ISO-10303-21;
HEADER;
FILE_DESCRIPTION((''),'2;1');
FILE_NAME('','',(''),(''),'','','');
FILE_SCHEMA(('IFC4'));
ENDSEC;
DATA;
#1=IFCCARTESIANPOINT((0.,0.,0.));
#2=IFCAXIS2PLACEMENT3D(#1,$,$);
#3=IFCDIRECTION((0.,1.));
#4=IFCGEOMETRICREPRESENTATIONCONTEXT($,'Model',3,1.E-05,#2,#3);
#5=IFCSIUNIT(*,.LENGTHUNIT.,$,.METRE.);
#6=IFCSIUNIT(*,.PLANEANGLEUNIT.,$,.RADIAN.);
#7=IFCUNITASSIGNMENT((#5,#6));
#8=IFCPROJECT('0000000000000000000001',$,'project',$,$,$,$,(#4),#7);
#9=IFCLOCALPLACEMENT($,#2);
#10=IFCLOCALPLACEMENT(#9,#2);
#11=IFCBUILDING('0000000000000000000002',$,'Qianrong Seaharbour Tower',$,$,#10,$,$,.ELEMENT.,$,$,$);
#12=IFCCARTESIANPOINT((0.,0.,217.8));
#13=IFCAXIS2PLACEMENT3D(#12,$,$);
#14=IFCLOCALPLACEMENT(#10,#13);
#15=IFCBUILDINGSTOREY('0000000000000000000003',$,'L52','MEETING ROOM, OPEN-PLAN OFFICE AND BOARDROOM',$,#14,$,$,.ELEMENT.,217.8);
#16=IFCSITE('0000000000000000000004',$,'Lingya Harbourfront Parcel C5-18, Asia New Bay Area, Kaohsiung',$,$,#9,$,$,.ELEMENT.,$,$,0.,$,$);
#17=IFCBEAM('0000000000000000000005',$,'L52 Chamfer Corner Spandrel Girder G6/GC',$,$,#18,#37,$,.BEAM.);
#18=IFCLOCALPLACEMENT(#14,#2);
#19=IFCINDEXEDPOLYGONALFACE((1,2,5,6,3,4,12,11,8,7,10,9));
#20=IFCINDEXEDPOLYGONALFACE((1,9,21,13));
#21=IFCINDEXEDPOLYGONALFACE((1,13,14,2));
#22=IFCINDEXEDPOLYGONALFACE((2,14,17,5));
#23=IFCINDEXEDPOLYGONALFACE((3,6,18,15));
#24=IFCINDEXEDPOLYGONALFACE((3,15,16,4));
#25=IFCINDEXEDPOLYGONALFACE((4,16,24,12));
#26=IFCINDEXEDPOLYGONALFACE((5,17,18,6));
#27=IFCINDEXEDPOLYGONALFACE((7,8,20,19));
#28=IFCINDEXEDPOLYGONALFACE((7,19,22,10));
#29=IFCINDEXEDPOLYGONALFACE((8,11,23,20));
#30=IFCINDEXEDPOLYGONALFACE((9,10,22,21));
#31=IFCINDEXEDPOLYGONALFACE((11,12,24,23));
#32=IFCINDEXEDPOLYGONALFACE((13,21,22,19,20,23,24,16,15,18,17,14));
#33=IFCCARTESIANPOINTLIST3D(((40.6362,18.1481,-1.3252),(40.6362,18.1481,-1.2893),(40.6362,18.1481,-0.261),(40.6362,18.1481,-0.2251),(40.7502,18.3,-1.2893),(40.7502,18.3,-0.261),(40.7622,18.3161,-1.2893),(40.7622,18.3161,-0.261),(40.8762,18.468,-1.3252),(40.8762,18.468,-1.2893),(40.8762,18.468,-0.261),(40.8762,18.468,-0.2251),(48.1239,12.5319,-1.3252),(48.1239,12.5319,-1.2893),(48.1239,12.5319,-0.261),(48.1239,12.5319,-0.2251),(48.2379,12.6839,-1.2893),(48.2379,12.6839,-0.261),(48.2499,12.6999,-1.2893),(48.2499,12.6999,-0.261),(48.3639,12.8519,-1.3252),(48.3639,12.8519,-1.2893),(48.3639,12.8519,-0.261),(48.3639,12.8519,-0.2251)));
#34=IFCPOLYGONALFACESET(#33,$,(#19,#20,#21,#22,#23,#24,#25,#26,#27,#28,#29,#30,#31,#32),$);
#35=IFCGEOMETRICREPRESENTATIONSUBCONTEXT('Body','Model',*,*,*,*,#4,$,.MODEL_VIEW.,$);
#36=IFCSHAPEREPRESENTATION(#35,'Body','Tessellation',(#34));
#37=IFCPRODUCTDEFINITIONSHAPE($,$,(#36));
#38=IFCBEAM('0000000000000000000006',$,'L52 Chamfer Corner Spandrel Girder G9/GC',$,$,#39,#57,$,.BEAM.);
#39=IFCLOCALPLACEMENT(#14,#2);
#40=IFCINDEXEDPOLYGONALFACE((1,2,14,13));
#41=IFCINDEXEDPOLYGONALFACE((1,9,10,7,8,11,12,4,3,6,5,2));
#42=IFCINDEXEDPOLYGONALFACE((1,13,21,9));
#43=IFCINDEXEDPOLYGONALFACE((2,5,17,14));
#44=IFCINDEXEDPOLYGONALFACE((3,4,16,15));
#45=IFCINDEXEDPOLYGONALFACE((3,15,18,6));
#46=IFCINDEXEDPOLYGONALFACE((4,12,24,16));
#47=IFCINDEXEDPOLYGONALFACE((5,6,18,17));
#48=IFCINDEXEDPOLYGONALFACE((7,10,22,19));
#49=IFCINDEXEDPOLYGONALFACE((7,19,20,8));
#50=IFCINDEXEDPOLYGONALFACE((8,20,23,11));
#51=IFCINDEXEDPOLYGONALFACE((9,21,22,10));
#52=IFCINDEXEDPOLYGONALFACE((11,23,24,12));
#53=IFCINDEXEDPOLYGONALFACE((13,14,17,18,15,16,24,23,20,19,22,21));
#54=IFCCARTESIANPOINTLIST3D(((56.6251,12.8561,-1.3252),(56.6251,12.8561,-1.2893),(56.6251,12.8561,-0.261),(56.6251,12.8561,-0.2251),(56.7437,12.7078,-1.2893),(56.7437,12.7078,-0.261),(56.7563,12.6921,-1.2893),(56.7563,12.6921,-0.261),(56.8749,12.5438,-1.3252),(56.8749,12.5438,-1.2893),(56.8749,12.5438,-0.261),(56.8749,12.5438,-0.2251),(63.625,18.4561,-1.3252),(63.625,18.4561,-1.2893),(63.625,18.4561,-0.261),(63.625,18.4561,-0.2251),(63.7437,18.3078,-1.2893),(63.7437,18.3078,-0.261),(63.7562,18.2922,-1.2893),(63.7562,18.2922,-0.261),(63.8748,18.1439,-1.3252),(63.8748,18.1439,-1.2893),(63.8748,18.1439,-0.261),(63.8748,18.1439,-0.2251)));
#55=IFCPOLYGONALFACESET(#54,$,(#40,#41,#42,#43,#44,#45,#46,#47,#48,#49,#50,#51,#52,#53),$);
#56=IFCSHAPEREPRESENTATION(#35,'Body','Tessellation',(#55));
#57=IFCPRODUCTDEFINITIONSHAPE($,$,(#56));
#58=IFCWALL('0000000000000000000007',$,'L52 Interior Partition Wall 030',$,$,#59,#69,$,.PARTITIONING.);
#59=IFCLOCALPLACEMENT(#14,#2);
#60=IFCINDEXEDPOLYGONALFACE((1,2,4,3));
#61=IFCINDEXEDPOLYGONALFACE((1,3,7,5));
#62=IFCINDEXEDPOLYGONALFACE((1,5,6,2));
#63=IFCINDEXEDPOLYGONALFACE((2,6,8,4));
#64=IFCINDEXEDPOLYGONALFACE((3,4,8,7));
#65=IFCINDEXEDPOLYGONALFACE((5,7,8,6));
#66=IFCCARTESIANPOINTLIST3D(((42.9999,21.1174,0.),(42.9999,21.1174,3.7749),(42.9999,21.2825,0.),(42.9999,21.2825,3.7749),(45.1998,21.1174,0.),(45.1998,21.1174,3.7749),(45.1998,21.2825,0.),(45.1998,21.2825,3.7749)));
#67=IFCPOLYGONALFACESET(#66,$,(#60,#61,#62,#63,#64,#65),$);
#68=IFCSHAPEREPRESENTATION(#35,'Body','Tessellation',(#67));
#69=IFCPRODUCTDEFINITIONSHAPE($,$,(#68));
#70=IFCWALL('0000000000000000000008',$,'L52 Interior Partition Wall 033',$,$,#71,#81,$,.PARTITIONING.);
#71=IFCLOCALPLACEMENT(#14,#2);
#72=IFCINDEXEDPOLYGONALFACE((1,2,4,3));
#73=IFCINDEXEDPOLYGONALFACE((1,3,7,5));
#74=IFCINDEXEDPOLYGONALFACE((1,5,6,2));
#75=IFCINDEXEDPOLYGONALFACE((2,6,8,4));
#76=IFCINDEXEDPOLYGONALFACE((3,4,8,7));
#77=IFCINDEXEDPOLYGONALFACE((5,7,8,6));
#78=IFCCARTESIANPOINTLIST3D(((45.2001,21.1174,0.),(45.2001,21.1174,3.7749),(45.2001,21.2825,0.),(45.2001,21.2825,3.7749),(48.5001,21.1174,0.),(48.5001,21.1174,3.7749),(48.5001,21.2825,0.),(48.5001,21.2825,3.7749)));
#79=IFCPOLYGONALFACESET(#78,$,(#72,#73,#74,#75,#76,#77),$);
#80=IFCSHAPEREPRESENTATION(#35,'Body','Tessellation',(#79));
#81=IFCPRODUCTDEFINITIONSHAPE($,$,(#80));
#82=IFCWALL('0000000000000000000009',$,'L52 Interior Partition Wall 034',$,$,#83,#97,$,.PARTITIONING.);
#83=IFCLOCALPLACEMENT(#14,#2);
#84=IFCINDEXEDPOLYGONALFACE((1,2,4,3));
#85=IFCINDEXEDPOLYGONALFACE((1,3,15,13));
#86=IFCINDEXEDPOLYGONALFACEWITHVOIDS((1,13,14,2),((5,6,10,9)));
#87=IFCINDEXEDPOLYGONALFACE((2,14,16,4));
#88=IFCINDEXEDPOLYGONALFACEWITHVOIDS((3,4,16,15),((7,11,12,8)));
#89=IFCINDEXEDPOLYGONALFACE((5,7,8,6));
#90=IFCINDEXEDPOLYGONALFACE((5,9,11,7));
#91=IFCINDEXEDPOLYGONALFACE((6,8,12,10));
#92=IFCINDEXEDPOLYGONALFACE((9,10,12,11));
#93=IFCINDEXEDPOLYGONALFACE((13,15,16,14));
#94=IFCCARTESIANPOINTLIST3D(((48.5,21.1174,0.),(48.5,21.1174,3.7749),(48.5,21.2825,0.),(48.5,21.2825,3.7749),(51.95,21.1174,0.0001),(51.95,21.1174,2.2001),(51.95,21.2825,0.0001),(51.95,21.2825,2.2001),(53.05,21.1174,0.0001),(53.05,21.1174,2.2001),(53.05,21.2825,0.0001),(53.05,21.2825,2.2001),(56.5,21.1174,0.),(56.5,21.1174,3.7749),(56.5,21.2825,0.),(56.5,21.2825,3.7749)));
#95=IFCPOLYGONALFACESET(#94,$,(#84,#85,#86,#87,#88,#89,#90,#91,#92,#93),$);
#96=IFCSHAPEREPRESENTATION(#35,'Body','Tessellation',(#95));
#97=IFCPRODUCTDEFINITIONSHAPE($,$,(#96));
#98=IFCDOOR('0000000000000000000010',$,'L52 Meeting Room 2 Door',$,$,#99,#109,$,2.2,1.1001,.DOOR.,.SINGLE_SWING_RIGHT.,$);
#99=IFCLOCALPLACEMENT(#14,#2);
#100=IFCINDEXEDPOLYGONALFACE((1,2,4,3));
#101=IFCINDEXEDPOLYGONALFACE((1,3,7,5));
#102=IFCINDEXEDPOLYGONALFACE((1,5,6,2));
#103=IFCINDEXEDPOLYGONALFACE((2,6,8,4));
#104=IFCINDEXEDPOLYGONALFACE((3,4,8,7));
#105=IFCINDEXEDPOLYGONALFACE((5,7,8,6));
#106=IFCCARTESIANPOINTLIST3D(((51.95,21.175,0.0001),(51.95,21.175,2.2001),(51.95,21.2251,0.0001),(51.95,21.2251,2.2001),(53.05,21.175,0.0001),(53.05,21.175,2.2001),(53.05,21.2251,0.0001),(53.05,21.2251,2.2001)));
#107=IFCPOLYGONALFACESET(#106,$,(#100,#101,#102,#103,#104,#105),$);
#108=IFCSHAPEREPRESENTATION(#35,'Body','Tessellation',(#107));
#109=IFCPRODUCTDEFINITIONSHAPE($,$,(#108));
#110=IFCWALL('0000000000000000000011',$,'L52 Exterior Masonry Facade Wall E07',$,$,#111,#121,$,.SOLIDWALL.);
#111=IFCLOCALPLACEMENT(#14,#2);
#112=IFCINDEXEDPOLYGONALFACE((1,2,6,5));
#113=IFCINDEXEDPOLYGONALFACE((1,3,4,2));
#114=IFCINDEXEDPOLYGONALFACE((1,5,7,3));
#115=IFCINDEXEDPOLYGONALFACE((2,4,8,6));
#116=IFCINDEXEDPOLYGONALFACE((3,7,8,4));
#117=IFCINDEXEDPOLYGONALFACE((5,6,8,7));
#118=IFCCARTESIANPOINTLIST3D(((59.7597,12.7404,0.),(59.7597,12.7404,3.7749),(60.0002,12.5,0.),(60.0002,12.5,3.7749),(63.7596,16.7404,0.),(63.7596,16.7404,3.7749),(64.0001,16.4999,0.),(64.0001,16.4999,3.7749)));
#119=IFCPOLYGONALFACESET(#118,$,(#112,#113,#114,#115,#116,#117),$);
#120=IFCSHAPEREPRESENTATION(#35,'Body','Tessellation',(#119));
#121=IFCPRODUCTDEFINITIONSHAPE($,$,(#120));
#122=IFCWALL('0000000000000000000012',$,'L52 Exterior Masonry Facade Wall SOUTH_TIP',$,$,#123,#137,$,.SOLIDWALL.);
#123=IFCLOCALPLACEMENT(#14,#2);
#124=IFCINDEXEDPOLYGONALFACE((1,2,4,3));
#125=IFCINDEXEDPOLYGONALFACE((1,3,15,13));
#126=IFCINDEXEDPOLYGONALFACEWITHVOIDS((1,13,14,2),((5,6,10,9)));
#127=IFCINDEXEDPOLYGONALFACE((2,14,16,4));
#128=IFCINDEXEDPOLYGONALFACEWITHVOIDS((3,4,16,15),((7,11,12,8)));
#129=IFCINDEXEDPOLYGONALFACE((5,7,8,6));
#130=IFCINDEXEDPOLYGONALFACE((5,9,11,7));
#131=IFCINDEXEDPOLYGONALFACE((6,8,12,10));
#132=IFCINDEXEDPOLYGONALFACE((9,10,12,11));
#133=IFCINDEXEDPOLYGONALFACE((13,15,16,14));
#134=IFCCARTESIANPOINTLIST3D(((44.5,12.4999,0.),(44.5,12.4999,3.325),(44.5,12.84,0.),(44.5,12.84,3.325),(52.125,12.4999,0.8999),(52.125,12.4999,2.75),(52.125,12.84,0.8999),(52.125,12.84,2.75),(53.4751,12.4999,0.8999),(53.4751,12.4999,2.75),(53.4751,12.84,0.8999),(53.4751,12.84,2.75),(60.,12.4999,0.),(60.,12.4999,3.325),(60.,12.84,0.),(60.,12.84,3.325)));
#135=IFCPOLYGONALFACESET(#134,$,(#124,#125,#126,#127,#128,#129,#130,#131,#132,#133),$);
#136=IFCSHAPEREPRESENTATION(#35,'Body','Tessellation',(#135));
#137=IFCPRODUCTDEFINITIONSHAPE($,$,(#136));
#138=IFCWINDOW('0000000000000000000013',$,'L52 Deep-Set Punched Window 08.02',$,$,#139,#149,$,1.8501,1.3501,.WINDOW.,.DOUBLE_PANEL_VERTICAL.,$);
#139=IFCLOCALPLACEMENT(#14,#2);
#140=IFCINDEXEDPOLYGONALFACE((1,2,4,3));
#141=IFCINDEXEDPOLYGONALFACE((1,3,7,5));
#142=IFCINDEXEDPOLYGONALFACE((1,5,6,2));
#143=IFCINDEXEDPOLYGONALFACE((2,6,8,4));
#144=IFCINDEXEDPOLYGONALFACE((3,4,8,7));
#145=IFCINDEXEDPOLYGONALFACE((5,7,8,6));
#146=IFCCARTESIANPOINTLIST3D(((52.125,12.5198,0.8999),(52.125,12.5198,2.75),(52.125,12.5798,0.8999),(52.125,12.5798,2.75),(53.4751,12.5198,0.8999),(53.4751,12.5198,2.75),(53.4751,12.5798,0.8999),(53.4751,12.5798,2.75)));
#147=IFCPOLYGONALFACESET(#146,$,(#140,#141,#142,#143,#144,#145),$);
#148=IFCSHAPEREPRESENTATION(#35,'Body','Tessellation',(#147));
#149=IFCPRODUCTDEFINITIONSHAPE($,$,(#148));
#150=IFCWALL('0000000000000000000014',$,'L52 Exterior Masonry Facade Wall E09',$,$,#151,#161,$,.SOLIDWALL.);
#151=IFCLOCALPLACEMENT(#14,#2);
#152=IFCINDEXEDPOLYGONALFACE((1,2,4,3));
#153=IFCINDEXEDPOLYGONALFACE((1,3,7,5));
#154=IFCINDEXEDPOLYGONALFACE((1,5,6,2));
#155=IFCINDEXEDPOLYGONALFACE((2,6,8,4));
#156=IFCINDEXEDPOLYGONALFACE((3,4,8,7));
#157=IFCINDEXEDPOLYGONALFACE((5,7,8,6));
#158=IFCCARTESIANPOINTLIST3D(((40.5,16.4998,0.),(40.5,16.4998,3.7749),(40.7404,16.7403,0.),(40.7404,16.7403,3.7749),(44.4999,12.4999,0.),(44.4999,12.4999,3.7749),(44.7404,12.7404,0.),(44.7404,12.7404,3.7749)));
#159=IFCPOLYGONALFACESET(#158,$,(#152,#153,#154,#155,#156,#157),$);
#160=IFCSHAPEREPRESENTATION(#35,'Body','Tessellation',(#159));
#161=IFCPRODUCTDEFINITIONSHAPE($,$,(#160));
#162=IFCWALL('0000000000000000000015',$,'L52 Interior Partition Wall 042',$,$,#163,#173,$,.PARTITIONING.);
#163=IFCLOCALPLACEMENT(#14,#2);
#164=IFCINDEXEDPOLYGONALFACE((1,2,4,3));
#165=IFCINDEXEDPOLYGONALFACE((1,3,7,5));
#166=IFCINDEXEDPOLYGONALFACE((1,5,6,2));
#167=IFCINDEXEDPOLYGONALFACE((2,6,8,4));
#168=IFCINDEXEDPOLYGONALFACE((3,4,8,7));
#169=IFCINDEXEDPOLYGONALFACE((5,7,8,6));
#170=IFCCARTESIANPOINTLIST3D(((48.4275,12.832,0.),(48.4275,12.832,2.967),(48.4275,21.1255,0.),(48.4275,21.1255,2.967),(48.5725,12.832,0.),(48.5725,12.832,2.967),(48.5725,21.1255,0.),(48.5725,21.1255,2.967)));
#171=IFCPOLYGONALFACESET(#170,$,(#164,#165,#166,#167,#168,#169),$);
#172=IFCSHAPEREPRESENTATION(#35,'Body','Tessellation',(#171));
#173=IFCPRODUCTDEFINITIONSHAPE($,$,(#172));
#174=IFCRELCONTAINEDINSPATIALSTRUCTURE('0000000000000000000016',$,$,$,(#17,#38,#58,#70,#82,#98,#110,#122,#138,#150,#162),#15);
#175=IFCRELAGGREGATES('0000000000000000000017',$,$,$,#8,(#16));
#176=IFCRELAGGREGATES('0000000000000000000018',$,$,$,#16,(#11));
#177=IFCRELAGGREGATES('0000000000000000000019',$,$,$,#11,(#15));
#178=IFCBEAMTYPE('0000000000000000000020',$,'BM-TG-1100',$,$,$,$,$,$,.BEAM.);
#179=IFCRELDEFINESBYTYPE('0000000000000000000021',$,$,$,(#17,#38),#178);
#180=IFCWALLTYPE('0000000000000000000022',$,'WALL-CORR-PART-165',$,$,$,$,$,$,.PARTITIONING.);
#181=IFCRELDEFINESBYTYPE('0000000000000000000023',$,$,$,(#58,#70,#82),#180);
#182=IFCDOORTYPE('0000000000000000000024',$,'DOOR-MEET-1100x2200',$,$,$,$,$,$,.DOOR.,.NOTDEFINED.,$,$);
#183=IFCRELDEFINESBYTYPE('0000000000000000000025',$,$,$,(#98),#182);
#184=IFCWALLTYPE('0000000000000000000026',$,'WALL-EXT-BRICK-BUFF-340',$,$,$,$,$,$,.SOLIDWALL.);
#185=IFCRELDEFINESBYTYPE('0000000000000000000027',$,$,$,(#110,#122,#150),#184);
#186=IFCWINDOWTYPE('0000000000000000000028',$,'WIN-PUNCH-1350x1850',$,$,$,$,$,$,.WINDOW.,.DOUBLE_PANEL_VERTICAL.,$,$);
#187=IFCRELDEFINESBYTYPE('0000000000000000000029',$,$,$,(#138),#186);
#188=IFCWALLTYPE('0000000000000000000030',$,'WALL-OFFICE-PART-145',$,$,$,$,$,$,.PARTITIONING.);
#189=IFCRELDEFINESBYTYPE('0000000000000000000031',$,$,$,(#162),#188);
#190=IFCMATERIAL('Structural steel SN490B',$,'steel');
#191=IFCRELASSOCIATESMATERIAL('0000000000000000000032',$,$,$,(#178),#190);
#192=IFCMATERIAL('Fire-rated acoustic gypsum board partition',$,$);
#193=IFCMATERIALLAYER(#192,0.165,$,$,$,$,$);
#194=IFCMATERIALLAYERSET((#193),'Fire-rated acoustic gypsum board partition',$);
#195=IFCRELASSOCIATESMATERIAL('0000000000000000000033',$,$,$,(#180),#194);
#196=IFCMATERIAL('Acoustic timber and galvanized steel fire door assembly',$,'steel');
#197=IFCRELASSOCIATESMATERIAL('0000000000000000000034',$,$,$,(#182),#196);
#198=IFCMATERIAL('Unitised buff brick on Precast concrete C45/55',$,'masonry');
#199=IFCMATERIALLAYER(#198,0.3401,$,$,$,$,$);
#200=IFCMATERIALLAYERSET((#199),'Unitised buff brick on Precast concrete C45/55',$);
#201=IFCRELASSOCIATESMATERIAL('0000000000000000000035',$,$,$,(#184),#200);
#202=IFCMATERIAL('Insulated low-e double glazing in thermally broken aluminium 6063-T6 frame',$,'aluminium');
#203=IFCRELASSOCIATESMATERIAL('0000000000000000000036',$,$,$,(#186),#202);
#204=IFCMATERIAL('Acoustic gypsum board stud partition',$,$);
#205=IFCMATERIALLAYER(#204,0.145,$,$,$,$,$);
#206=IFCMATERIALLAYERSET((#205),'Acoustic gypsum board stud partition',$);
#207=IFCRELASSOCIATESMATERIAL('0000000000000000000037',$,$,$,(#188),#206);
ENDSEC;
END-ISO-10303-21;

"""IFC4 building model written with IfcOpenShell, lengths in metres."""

from ifc_helpers import new_model, si_unit, direction, frame, frame_2d, origin, origin_2d, place, context, subcontext, project, spatial, rectangle, i_section, extrude, material, layer, layer_set, material_profile, profile_set, type_object, element, fill, save


model = new_model("IFC4")

# Units and contexts
model_context = context("Model", 3, precision=1e-05, world=origin(), true_north=direction((0.0, 1.0)))
body_context = subcontext(model_context, "Body", "Model", "MODEL_VIEW")
ifc_project = project(units=[si_unit("LENGTHUNIT", "METRE"), si_unit("PLANEANGLEUNIT", "RADIAN")], contexts=[model_context])

# Site, building, storey
site_placement = place(None, origin())
site = spatial("IfcSite", under=ifc_project, at=site_placement, Name="Lingya Harbourfront Parcel C5-18, Asia New Bay Area, Kaohsiung", CompositionType="ELEMENT", RefElevation=0.0)
building_placement = place(site_placement, origin())
building = spatial("IfcBuilding", under=site, at=building_placement, Name="Qianrong Seaharbour Tower", CompositionType="ELEMENT")
storey_placement = place(building_placement, frame((0.0, 0.0, 217.8)))
storey = spatial("IfcBuildingStorey", under=building, at=storey_placement, Name="L52", Description="MEETING ROOM, OPEN-PLAN OFFICE AND BOARDROOM", CompositionType="ELEMENT", Elevation=217.8)

# Shared definitions
ifc_material_1 = material(Name="Structural steel SN490B", Category="steel")

# Beams
ifc_material_profile_1 = material_profile(ifc_material_1, i_section(OverallWidth=0.3999, OverallDepth=1.1001, WebThickness=0.02, FlangeThickness=0.0359, at=origin_2d()), Name="BH1100x400x20x36")
ifc_profile_set_1 = profile_set([ifc_material_profile_1], Name="Structural steel SN490B")
beam_type_1 = type_object("IfcBeamType", Name="BM-TG-1100", PredefinedType="BEAM", material=ifc_profile_set_1)
beam_1_placement = place(storey_placement, frame((48.2439, 12.6919, -0.7751), z_axis=(-0.799981, 0.600025, 0.0), x_axis=(-0.600025, -0.799981, 0.0)))
element("IfcBeam", 1, at=beam_1_placement, inside=storey, type_object=beam_type_1, Name="L52 Chamfer Corner Spandrel Girder G6/GC", PredefinedType="BEAM", context=body_context, shape_type="SweptSolid", body=[
    extrude(i_section(OverallWidth=0.3999, OverallDepth=1.1001, WebThickness=0.02, FlangeThickness=0.0359, at=origin_2d()), origin(), (0.0, 0.0, 1.0), 9.3599),
])
beam_2_placement = place(storey_placement, frame((56.75, 12.7, -0.7751), z_axis=(0.780863, 0.624702, 0.0), x_axis=(-0.624702, 0.780863, 0.0)))
element("IfcBeam", 2, at=beam_2_placement, inside=storey, type_object=beam_type_1, Name="L52 Chamfer Corner Spandrel Girder G9/GC", PredefinedType="BEAM", context=body_context, shape_type="SweptSolid", body=[
    extrude(i_section(OverallWidth=0.3999, OverallDepth=1.1001, WebThickness=0.02, FlangeThickness=0.0359, at=origin_2d()), origin(), (0.0, 0.0, 1.0), 8.9644),
])

# Walls
ifc_material_2 = material(Name="Fire-rated acoustic gypsum board partition")
ifc_layer_1 = layer(ifc_material_2, 0.165)
ifc_layer_set_1 = layer_set([ifc_layer_1], Name="Fire-rated acoustic gypsum board partition")
wall_type_1 = type_object("IfcWallType", Name="WALL-CORR-PART-165", PredefinedType="PARTITIONING", material=ifc_layer_set_1)
wall_1_placement = place(storey_placement, frame((45.2, 21.2, 0.0), z_axis=(0.0, 0.0, 1.0), x_axis=(-1.0, 0.0, 0.0)))
element("IfcWall", 3, at=wall_1_placement, inside=storey, type_object=wall_type_1, Name="L52 Interior Partition Wall 030", PredefinedType="PARTITIONING", context=body_context, shape_type="SweptSolid", body=[
    extrude(rectangle(XDim=2.2, YDim=0.165, at=frame_2d((1.1001, 0.0))), origin(), (0.0, 0.0, 1.0), 3.7749),
])
wall_2_placement = place(storey_placement, frame((48.5, 21.2, 0.0), z_axis=(0.0, 0.0, 1.0), x_axis=(-1.0, 0.0, 0.0)))
element("IfcWall", 4, at=wall_2_placement, inside=storey, type_object=wall_type_1, Name="L52 Interior Partition Wall 033", PredefinedType="PARTITIONING", context=body_context, shape_type="SweptSolid", body=[
    extrude(rectangle(XDim=3.3, YDim=0.165, at=frame_2d((1.6499, 0.0))), origin(), (0.0, 0.0, 1.0), 3.7749),
])

# Wall, opening, door
wall_3_placement = place(storey_placement, frame((56.5, 21.2, 0.0), z_axis=(0.0, 0.0, 1.0), x_axis=(-1.0, 0.0, 0.0)))
wall_3 = element("IfcWall", 5, at=wall_3_placement, inside=storey, type_object=wall_type_1, Name="L52 Interior Partition Wall 034", PredefinedType="PARTITIONING", context=body_context, shape_type="SweptSolid", body=[
    extrude(rectangle(XDim=8.0, YDim=0.165, at=frame_2d((4.0, 0.0))), origin(), (0.0, 0.0, 1.0), 3.7749),
])
opening_1_placement = place(wall_3_placement, frame((3.45, 0.0, 0.0)))
opening_1 = element("IfcOpeningElement", 6, at=opening_1_placement, cuts=wall_3, PredefinedType="OPENING", context=body_context, shape_type="SweptSolid", body=[
    extrude(rectangle(XDim=1.1001, YDim=2.2, at=frame_2d((0.55, 1.1001))), frame((0.0, 0.0925, 0.0), z_axis=(0.0, -1.0, 0.0), x_axis=(1.0, 0.0, 0.0)), (0.0, 0.0, 1.0), 0.1851),
])
ifc_material_3 = material(Name="Acoustic timber and galvanized steel fire door assembly", Category="steel")
door_type = type_object("IfcDoorType", Name="DOOR-MEET-1100x2200", OperationType="NOTDEFINED", PredefinedType="DOOR", material=ifc_material_3)
door_placement = place(opening_1_placement, origin())
door = element("IfcDoor", 7, at=door_placement, inside=storey, type_object=door_type, Name="L52 Meeting Room 2 Door", OperationType="SINGLE_SWING_RIGHT", OverallHeight=2.2, OverallWidth=1.1001, PredefinedType="DOOR", context=body_context, shape_type="SweptSolid", body=[
    extrude(rectangle(XDim=1.1001, YDim=2.2, at=frame_2d((0.55, 1.1001))), frame((0.0, 0.0249, 0.0), z_axis=(0.0, -1.0, 0.0), x_axis=(1.0, 0.0, 0.0)), (0.0, 0.0, 1.0), 0.05),
])
fill(opening_1, door)

# Wall
ifc_material_4 = material(Name="Unitised buff brick on Precast concrete C45/55", Category="masonry")
ifc_layer_2 = layer(ifc_material_4, 0.3401)
ifc_layer_set_2 = layer_set([ifc_layer_2], Name="Unitised buff brick on Precast concrete C45/55")
wall_type_2 = type_object("IfcWallType", Name="WALL-EXT-BRICK-BUFF-340", PredefinedType="SOLIDWALL", material=ifc_layer_set_2)
wall_4_placement = place(storey_placement, frame((63.8799, 16.6201, 0.0), z_axis=(0.0, 0.0, 1.0), x_axis=(-0.707107, -0.707107, 0.0)))
element("IfcWall", 8, at=wall_4_placement, inside=storey, type_object=wall_type_2, Name="L52 Exterior Masonry Facade Wall E07", PredefinedType="SOLIDWALL", context=body_context, shape_type="SweptSolid", body=[
    extrude(rectangle(XDim=5.6567, YDim=0.3401, at=frame_2d((2.8284, 0.0))), origin(), (0.0, 0.0, 1.0), 3.7749),
])

# Wall, opening, window
wall_5_placement = place(storey_placement, frame((60.0, 12.6699, 0.0), z_axis=(0.0, 0.0, 1.0), x_axis=(-1.0, 0.0, 0.0)))
wall_5 = element("IfcWall", 9, at=wall_5_placement, inside=storey, type_object=wall_type_2, Name="L52 Exterior Masonry Facade Wall SOUTH_TIP", PredefinedType="SOLIDWALL", context=body_context, shape_type="SweptSolid", body=[
    extrude(rectangle(XDim=15.5, YDim=0.3401, at=frame_2d((7.75, 0.0))), origin(), (0.0, 0.0, 1.0), 3.325),
])
opening_2_placement = place(wall_5_placement, frame((6.5249, 0.0, 0.8999)))
opening_2 = element("IfcOpeningElement", 10, at=opening_2_placement, cuts=wall_5, PredefinedType="OPENING", context=body_context, shape_type="SweptSolid", body=[
    extrude(rectangle(XDim=1.3501, YDim=1.8501, at=frame_2d((0.675, 0.925))), frame((0.0, 0.1802, 0.0), z_axis=(0.0, -1.0, 0.0), x_axis=(1.0, 0.0, 0.0)), (0.0, 0.0, 1.0), 0.3601),
])
ifc_material_5 = material(Name="Insulated low-e double glazing in thermally broken aluminium 6063-T6 frame", Category="aluminium")
window_type = type_object("IfcWindowType", Name="WIN-PUNCH-1350x1850", PartitioningType="DOUBLE_PANEL_VERTICAL", PredefinedType="WINDOW", material=ifc_material_5)
window_placement = place(opening_2_placement, origin())
window = element("IfcWindow", 11, at=window_placement, inside=storey, type_object=window_type, Name="L52 Deep-Set Punched Window 08.02", OverallHeight=1.8501, OverallWidth=1.3501, PartitioningType="DOUBLE_PANEL_VERTICAL", PredefinedType="WINDOW", context=body_context, shape_type="SweptSolid", body=[
    extrude(rectangle(XDim=1.3501, YDim=1.8501, at=frame_2d((0.675, 0.925))), frame((0.0, 0.1501, 0.0), z_axis=(0.0, -1.0, 0.0), x_axis=(1.0, 0.0, 0.0)), (0.0, 0.0, 1.0), 0.0601),
])
fill(opening_2, window)

# Walls
wall_6_placement = place(storey_placement, frame((44.6201, 12.6201, 0.0), z_axis=(0.0, 0.0, 1.0), x_axis=(-0.707107, 0.707107, 0.0)))
element("IfcWall", 12, at=wall_6_placement, inside=storey, type_object=wall_type_2, Name="L52 Exterior Masonry Facade Wall E09", PredefinedType="SOLIDWALL", context=body_context, shape_type="SweptSolid", body=[
    extrude(rectangle(XDim=5.6567, YDim=0.3401, at=frame_2d((2.8284, 0.0))), origin(), (0.0, 0.0, 1.0), 3.7749),
])
ifc_material_6 = material(Name="Acoustic gypsum board stud partition")
ifc_layer_3 = layer(ifc_material_6, 0.145)
ifc_layer_set_3 = layer_set([ifc_layer_3], Name="Acoustic gypsum board stud partition")
wall_type_3 = type_object("IfcWallType", Name="WALL-OFFICE-PART-145", PredefinedType="PARTITIONING", material=ifc_layer_set_3)
for number, where, z_axis, x_axis, name in (
    (13, (48.5, 21.1255, 0.0), (0.0, 0.0, 1.0), (0.0, -1.0, 0.0), "L52 Interior Partition Wall 042"),
):
    element("IfcWall", number, at=place(storey_placement, frame(where, z_axis=z_axis, x_axis=x_axis)), inside=storey, type_object=wall_type_3, Name=name, PredefinedType="PARTITIONING", context=body_context, shape_type="SweptSolid", body=[
        extrude(rectangle(XDim=8.2935, YDim=0.145, at=frame_2d((4.1467, 0.0))), origin(), (0.0, 0.0, 1.0), 2.967),
    ])

save(model, "model.ifc")
